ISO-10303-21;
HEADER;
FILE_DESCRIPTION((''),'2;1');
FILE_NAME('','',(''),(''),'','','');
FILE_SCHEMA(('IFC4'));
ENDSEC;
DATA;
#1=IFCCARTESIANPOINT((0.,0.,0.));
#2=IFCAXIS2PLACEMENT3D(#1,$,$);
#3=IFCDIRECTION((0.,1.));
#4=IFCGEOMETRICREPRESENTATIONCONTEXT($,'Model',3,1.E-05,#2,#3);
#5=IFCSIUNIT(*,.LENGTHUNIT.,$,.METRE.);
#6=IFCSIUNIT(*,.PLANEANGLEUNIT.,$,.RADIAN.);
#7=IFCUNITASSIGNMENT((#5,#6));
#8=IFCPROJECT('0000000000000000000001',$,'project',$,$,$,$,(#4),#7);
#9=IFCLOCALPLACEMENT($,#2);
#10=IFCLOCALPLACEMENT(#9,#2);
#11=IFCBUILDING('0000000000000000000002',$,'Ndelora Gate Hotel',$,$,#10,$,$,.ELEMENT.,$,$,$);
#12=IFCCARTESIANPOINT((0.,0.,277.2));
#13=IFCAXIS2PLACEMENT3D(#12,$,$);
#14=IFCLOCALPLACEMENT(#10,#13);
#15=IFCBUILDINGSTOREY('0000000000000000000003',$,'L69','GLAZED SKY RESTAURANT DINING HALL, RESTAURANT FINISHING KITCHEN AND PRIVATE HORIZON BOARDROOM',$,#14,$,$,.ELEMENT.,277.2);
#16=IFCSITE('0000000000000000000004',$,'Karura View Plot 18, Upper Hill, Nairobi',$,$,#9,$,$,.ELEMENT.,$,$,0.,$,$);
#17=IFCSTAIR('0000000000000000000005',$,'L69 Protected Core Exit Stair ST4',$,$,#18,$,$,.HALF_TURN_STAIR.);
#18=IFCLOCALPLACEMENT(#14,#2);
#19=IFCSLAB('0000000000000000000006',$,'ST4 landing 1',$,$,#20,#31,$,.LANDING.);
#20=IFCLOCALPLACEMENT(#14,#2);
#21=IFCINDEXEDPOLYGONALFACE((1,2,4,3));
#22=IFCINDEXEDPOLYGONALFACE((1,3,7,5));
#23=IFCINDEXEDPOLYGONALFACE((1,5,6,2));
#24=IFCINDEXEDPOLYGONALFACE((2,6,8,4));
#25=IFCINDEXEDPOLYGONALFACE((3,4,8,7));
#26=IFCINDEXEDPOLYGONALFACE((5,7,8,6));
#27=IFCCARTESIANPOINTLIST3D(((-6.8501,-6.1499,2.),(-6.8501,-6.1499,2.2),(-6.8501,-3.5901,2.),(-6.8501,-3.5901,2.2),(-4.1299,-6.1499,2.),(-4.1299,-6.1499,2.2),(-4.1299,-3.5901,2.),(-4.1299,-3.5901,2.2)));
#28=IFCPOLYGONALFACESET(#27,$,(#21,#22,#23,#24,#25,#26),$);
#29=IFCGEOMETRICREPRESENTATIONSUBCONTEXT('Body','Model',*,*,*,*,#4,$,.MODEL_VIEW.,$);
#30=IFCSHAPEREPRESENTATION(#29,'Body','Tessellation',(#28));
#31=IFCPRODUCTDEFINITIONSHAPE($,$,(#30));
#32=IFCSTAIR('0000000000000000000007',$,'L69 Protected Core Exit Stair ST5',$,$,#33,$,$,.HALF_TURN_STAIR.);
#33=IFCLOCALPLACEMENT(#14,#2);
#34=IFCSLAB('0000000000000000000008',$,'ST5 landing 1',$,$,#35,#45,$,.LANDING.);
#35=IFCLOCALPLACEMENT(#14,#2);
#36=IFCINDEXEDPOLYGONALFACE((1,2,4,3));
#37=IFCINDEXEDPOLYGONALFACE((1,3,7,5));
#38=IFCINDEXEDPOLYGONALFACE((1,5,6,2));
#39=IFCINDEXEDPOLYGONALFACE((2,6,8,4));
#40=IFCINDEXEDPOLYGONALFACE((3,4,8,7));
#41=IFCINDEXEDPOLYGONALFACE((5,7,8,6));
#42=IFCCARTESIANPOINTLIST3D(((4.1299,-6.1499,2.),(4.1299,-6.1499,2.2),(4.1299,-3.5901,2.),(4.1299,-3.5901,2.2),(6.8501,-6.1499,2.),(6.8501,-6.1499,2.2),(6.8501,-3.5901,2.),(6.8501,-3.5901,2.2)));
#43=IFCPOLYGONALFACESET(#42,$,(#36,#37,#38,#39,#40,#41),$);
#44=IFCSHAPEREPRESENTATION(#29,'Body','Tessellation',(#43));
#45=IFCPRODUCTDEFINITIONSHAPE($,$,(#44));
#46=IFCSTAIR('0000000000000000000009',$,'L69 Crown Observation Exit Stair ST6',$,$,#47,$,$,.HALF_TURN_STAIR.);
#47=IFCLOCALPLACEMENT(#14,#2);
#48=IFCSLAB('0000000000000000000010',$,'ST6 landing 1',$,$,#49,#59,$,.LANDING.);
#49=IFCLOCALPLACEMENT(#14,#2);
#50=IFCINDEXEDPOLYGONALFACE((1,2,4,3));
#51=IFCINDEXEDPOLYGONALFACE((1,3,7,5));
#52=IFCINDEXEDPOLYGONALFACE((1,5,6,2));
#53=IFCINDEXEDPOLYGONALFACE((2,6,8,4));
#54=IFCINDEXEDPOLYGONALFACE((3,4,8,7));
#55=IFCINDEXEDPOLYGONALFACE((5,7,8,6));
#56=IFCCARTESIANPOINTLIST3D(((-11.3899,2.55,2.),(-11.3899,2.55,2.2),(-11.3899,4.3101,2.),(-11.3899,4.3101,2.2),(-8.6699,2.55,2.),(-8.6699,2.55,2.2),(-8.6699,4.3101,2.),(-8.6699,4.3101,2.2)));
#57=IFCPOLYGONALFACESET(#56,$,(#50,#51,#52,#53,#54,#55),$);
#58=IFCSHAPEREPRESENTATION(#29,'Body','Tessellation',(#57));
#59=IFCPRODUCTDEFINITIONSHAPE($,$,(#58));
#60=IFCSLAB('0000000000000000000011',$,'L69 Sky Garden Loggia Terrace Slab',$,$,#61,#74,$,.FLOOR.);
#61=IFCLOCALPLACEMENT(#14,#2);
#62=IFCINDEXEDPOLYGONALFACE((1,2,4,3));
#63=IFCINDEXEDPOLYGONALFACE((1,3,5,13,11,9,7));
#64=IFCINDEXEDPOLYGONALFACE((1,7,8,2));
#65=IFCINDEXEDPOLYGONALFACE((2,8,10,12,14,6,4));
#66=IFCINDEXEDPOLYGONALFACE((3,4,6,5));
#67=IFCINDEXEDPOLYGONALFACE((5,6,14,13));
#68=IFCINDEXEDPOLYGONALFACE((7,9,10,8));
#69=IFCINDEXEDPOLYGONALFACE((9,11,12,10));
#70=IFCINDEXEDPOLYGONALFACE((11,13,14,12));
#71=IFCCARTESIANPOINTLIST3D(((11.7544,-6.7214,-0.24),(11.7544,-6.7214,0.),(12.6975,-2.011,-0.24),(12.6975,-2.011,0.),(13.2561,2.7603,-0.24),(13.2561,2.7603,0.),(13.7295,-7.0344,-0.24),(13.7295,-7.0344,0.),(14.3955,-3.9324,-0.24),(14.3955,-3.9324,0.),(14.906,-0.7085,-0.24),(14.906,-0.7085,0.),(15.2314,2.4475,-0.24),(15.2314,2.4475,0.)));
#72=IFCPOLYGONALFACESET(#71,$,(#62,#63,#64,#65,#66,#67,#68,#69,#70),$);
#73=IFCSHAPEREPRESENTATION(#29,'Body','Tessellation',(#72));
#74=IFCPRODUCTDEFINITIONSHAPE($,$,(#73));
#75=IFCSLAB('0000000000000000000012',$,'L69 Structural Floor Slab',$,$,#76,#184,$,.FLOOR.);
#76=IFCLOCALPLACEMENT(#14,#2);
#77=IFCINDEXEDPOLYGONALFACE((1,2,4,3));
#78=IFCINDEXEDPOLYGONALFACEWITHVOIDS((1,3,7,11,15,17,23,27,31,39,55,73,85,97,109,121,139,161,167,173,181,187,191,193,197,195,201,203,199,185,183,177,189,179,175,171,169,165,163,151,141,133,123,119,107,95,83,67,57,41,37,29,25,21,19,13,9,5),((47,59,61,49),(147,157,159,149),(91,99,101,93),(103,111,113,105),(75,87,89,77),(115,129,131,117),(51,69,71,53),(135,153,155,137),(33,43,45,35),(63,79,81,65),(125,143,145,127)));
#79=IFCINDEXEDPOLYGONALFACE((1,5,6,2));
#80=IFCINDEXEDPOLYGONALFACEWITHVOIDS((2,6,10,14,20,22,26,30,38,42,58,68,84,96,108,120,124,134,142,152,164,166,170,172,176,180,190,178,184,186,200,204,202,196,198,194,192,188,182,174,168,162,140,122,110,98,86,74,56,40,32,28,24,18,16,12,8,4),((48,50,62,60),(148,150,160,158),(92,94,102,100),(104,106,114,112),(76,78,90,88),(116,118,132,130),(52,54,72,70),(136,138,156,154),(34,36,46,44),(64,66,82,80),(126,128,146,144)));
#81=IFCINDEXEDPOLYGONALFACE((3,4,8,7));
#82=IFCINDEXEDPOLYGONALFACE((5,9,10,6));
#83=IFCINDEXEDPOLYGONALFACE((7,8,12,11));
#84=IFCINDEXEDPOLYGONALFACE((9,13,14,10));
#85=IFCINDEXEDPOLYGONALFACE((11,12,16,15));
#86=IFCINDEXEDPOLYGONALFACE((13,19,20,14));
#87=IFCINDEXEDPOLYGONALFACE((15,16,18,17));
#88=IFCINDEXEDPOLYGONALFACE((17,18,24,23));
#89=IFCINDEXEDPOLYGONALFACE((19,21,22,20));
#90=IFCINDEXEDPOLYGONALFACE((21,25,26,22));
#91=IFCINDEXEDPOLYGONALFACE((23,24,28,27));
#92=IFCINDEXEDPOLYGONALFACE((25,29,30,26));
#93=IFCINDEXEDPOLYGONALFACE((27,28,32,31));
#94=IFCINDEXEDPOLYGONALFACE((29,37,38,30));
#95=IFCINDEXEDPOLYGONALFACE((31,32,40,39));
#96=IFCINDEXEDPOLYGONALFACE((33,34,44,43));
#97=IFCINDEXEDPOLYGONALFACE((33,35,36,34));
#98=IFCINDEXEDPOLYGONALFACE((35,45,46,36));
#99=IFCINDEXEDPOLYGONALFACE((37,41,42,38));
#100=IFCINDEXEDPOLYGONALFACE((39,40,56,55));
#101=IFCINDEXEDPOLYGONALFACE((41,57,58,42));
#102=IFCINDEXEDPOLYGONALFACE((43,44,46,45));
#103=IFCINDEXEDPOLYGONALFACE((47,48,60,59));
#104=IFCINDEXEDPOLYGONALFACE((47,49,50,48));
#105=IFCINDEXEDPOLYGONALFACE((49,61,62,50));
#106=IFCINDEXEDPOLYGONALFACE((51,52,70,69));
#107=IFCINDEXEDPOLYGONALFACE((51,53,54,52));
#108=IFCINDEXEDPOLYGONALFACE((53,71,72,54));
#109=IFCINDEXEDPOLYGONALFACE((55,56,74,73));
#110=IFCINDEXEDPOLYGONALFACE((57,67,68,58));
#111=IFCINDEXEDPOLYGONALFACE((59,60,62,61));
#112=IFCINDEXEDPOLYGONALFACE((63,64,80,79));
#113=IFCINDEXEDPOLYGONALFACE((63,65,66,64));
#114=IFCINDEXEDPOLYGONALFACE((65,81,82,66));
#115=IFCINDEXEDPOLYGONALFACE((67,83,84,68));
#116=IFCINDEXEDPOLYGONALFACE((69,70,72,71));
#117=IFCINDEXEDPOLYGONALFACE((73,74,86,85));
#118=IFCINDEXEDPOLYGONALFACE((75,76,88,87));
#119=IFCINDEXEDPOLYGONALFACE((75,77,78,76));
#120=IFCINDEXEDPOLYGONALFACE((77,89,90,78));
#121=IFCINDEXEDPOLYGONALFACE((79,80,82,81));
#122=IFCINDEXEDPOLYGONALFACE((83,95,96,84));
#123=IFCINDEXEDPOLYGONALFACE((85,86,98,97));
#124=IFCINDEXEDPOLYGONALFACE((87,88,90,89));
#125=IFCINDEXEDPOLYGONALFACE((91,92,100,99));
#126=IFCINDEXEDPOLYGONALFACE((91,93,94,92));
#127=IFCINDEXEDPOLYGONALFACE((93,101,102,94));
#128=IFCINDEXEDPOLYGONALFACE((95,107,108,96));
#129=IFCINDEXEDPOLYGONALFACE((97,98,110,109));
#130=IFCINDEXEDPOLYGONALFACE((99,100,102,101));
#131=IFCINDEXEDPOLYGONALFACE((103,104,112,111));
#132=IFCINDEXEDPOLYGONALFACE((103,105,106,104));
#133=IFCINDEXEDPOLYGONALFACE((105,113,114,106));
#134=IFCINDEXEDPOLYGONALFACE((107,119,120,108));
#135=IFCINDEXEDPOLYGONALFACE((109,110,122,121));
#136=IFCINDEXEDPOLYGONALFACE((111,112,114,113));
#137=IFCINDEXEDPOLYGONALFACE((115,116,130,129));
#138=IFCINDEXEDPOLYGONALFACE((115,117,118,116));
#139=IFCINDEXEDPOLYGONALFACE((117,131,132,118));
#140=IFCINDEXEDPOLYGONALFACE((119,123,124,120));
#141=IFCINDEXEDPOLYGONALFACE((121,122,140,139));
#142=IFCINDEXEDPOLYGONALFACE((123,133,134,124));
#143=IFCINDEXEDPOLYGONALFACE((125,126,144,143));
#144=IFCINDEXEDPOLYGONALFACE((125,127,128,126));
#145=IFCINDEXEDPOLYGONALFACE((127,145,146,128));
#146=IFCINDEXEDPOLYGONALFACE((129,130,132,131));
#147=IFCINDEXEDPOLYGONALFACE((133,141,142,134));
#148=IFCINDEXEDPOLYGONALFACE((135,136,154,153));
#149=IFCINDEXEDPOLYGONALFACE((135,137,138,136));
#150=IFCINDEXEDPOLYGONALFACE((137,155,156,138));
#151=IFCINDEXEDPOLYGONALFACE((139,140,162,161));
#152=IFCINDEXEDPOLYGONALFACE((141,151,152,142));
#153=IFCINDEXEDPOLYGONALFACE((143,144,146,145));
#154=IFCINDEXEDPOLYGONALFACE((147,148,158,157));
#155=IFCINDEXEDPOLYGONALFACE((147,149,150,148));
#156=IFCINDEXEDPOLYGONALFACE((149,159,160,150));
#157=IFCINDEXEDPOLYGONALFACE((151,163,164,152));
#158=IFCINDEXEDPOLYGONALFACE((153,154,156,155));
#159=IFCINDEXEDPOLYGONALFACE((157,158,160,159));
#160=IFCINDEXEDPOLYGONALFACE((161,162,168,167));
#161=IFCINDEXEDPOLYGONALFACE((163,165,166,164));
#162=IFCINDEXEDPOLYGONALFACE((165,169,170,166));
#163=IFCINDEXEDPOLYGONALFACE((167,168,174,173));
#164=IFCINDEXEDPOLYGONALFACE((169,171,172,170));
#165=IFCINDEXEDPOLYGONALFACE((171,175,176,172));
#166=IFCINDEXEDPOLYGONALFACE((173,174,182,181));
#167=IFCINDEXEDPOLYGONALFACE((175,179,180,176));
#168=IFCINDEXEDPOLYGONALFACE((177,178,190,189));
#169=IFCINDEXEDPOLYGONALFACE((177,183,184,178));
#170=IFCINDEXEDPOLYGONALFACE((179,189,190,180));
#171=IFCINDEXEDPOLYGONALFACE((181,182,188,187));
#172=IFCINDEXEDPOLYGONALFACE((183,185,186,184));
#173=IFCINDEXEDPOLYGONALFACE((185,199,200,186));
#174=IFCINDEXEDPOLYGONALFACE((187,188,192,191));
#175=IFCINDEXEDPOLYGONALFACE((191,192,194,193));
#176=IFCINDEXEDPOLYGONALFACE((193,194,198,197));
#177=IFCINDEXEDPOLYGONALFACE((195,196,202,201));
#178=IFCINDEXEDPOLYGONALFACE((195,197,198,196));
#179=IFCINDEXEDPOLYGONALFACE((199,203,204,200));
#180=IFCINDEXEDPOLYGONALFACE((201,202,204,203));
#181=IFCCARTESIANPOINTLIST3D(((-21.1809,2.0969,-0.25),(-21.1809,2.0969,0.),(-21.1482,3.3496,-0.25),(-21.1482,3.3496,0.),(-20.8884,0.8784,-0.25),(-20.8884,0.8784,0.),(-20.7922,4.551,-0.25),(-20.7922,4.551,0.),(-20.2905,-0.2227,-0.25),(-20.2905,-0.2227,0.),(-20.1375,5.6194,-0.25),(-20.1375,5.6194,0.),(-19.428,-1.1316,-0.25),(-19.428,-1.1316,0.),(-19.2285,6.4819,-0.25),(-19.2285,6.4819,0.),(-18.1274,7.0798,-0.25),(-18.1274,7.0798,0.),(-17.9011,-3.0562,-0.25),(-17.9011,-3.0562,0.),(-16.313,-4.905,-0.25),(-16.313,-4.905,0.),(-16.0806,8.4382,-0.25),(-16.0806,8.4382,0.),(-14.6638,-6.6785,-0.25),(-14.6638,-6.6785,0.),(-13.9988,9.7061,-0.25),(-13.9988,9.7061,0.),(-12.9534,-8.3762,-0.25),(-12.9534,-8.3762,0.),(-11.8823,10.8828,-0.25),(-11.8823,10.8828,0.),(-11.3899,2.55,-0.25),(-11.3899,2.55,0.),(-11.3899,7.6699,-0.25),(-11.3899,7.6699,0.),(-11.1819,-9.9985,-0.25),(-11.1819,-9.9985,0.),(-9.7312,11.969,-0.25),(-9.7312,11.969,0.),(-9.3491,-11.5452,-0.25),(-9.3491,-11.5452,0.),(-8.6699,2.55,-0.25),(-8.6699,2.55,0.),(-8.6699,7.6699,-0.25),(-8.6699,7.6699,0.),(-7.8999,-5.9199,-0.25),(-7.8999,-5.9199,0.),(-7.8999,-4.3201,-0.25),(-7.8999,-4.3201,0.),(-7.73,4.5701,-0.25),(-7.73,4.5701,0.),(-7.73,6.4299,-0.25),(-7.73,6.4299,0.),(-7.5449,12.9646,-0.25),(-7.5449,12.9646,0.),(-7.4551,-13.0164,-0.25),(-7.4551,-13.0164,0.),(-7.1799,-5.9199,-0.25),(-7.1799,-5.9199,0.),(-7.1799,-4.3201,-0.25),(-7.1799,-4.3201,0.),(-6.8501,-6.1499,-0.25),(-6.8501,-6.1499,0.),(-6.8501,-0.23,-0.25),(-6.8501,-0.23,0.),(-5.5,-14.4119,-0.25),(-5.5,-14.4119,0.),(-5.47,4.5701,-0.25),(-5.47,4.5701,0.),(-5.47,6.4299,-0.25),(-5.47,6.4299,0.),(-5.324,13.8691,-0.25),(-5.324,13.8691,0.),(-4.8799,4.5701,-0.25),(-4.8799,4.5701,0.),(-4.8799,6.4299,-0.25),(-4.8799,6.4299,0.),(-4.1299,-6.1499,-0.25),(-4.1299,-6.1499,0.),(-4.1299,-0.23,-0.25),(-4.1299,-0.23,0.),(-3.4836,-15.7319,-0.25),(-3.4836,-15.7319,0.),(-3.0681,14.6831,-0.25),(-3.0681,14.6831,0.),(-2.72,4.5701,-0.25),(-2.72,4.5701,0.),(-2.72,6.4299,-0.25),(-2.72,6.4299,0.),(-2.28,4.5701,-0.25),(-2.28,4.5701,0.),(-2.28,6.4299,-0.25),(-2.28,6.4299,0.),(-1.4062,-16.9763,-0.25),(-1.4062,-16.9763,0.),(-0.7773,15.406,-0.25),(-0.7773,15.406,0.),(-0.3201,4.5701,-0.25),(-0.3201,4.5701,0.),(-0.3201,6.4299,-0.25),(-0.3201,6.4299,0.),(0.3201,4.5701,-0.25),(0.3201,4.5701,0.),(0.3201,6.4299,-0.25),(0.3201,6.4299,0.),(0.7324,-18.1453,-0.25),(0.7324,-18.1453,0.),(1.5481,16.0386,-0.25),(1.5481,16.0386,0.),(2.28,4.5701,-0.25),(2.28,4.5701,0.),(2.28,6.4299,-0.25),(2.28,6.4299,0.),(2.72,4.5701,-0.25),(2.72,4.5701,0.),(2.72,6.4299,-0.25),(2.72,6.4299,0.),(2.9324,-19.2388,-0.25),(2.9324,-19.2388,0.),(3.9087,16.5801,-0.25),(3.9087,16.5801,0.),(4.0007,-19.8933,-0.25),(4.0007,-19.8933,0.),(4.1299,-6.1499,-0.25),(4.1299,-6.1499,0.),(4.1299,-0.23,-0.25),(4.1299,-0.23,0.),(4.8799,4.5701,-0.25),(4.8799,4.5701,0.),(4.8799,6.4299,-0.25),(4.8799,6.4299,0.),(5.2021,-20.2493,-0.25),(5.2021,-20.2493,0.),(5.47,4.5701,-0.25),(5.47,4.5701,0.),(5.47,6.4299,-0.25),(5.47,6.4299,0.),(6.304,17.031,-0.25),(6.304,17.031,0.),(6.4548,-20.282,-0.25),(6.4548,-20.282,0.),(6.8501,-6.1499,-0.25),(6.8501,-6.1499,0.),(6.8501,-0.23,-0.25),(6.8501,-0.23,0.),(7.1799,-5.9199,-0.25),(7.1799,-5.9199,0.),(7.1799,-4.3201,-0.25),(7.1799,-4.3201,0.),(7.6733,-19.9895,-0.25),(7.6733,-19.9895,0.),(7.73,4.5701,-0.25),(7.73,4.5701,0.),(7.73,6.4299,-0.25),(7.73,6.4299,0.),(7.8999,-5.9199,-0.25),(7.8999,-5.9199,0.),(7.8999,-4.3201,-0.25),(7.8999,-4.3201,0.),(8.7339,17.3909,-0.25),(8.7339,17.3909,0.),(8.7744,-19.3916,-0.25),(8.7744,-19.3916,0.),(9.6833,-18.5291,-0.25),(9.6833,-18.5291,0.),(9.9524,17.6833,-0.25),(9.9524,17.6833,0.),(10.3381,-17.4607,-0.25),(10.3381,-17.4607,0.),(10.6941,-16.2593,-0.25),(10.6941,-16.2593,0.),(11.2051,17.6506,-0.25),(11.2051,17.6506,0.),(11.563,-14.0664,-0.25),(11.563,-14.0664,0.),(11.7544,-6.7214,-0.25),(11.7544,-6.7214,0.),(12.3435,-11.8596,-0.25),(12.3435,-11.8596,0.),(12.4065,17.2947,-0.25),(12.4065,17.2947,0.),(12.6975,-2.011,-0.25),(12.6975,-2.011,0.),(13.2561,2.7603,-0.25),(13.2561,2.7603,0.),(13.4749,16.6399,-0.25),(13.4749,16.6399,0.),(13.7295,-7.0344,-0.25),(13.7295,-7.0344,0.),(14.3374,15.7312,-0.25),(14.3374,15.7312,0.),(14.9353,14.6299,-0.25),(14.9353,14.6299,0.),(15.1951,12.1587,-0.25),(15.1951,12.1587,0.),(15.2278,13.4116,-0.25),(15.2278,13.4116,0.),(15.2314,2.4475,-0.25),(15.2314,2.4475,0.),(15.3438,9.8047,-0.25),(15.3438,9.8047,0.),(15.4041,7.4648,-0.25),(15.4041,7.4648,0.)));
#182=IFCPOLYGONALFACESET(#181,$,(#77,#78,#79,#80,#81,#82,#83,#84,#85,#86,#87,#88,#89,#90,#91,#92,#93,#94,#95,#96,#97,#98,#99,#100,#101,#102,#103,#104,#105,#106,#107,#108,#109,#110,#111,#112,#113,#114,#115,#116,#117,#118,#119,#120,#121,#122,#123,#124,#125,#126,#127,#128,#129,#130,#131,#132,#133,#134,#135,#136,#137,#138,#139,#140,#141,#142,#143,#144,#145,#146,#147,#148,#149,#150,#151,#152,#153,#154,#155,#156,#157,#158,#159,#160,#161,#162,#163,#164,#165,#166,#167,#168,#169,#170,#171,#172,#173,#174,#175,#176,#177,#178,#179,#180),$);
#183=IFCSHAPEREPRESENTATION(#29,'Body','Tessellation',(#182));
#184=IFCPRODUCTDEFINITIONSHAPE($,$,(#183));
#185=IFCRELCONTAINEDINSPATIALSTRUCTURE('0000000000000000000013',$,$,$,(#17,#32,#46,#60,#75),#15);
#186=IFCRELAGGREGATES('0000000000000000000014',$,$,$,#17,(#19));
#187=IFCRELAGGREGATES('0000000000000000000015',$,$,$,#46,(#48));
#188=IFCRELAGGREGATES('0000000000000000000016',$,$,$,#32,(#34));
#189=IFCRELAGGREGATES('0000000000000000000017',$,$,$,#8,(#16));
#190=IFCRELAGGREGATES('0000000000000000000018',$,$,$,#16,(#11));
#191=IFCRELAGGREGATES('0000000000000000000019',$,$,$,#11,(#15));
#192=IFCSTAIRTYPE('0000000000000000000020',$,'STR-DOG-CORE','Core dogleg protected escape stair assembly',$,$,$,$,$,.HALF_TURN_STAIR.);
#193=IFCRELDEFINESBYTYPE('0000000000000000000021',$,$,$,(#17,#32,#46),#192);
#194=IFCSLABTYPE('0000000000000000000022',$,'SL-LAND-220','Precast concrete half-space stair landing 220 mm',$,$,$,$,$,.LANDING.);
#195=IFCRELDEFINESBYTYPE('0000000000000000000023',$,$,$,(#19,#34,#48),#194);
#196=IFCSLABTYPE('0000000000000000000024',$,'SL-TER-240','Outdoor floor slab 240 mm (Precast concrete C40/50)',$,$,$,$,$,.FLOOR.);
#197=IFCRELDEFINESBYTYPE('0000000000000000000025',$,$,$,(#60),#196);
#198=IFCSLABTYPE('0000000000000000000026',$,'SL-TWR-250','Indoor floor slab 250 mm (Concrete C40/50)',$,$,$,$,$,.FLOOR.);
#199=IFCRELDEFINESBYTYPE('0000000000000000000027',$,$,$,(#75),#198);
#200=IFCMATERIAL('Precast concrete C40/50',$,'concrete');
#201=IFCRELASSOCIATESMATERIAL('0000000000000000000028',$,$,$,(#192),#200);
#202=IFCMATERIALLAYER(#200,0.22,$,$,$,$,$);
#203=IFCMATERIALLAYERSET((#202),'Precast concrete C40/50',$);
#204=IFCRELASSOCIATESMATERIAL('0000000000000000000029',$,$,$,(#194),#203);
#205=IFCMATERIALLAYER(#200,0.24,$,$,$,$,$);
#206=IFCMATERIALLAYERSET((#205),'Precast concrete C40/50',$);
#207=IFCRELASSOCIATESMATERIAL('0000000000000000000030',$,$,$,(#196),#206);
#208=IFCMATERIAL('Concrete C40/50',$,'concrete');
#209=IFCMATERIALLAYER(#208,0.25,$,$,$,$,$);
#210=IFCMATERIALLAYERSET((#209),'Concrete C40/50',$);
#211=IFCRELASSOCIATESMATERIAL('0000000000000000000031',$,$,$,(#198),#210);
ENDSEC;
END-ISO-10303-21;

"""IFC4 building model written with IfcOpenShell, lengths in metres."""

from ifc_helpers import new_model, si_unit, direction, frame, origin, place, context, subcontext, project, spatial, polyline, outline, extrude, material, layer, layer_set, type_object, element, aggregate, save


model = new_model("IFC4")

# Units and contexts
model_context = context("Model", 3, precision=1e-05, world=origin(), true_north=direction((0.0, 1.0)))
body_context = subcontext(model_context, "Body", "Model", "MODEL_VIEW")
ifc_project = project(units=[si_unit("LENGTHUNIT", "METRE"), si_unit("PLANEANGLEUNIT", "RADIAN")], contexts=[model_context])

# Site, building, storey
site_placement = place(None, origin())
site = spatial("IfcSite", under=ifc_project, at=site_placement, Name="Karura View Plot 18, Upper Hill, Nairobi", CompositionType="ELEMENT", RefElevation=0.0)
building_placement = place(site_placement, origin())
building = spatial("IfcBuilding", under=site, at=building_placement, Name="Ndelora Gate Hotel", CompositionType="ELEMENT")
storey_placement = place(building_placement, frame((0.0, 0.0, 277.2)))
storey = spatial("IfcBuildingStorey", under=building, at=storey_placement, Name="L69", Description="GLAZED SKY RESTAURANT DINING HALL, RESTAURANT FINISHING KITCHEN AND PRIVATE HORIZON BOARDROOM", CompositionType="ELEMENT", Elevation=277.2)

# Stairs, slabs
ifc_material_1 = material(Name="Precast concrete C40/50", Category="concrete")
stair_type = type_object("IfcStairType", Name="STR-DOG-CORE", Description="Core dogleg protected escape stair assembly", PredefinedType="HALF_TURN_STAIR", material=ifc_material_1)
stair_1_placement = place(storey_placement, origin())
stair_1 = element("IfcStair", 1, at=stair_1_placement, inside=storey, type_object=stair_type, Name="L69 Protected Core Exit Stair ST4", PredefinedType="HALF_TURN_STAIR")
ifc_layer_1 = layer(ifc_material_1, 0.22)
ifc_layer_set_1 = layer_set([ifc_layer_1], Name="Precast concrete C40/50")
slab_type_1 = type_object("IfcSlabType", Name="SL-LAND-220", Description="Precast concrete half-space stair landing 220 mm", PredefinedType="LANDING", material=ifc_layer_set_1)
slab_1_placement = place(storey_placement, frame((0.0, 0.0, 2.0)))
slab_1 = element("IfcSlab", 2, at=slab_1_placement, type_object=slab_type_1, Name="ST4 landing 1", PredefinedType="LANDING", context=body_context, shape_type="SweptSolid", body=[
    extrude(outline(polyline([(-6.8501, -3.5901), (-6.8501, -6.1499), (-4.1299, -6.1499), (-4.1299, -3.5901), (-6.8501, -3.5901)])), origin(), (0.0, 0.0, 1.0), 0.2),
])
aggregate(stair_1, [slab_1])
stair_2_placement = place(storey_placement, origin())
stair_2 = element("IfcStair", 3, at=stair_2_placement, inside=storey, type_object=stair_type, Name="L69 Protected Core Exit Stair ST5", PredefinedType="HALF_TURN_STAIR")
slab_2_placement = place(storey_placement, frame((0.0, 0.0, 2.0)))
slab_2 = element("IfcSlab", 4, at=slab_2_placement, type_object=slab_type_1, Name="ST5 landing 1", PredefinedType="LANDING", context=body_context, shape_type="SweptSolid", body=[
    extrude(outline(polyline([(4.1299, -3.5901), (4.1299, -6.1499), (6.8501, -6.1499), (6.8501, -3.5901), (4.1299, -3.5901)])), origin(), (0.0, 0.0, 1.0), 0.2),
])
stair_3_placement = place(storey_placement, origin())
stair_3 = element("IfcStair", 5, at=stair_3_placement, inside=storey, type_object=stair_type, Name="L69 Crown Observation Exit Stair ST6", PredefinedType="HALF_TURN_STAIR")
slab_3_placement = place(storey_placement, frame((0.0, 0.0, 2.0)))
slab_3 = element("IfcSlab", 6, at=slab_3_placement, type_object=slab_type_1, Name="ST6 landing 1", PredefinedType="LANDING", context=body_context, shape_type="SweptSolid", body=[
    extrude(outline(polyline([(-11.3899, 4.3101), (-11.3899, 2.55), (-8.6699, 2.55), (-8.6699, 4.3101), (-11.3899, 4.3101)])), origin(), (0.0, 0.0, 1.0), 0.2),
])
aggregate(stair_3, [slab_3])

# Slabs
ifc_layer_2 = layer(ifc_material_1, 0.24)
ifc_layer_set_2 = layer_set([ifc_layer_2], Name="Precast concrete C40/50")
slab_type_2 = type_object("IfcSlabType", Name="SL-TER-240", Description="Outdoor floor slab 240 mm (Precast concrete C40/50)", PredefinedType="FLOOR", material=ifc_layer_set_2)
slab_4_placement = place(storey_placement, frame((0.0, 0.0, -0.24)))
element("IfcSlab", 7, at=slab_4_placement, inside=storey, type_object=slab_type_2, Name="L69 Sky Garden Loggia Terrace Slab", PredefinedType="FLOOR", context=body_context, shape_type="SweptSolid", body=[
    extrude(outline(polyline([(11.7544, -6.7214), (13.7295, -7.0344), (14.3955, -3.9324), (14.906, -0.7085), (15.2314, 2.4475), (13.2561, 2.7603), (12.6975, -2.011), (11.7544, -6.7214)])), origin(), (0.0, 0.0, 1.0), 0.24),
])
ifc_material_2 = material(Name="Concrete C40/50", Category="concrete")
ifc_layer_3 = layer(ifc_material_2, 0.25)
ifc_layer_set_3 = layer_set([ifc_layer_3], Name="Concrete C40/50")
slab_type_3 = type_object("IfcSlabType", Name="SL-TWR-250", Description="Indoor floor slab 250 mm (Concrete C40/50)", PredefinedType="FLOOR", material=ifc_layer_set_3)
slab_5_placement = place(storey_placement, frame((0.0, 0.0, -0.25)))
element("IfcSlab", 8, at=slab_5_placement, inside=storey, type_object=slab_type_3, Name="L69 Structural Floor Slab", PredefinedType="FLOOR", context=body_context, shape_type="SweptSolid", body=[
    extrude(outline(polyline([(-18.1274, 7.0798), (-19.2285, 6.4819), (-20.1375, 5.6194), (-20.7922, 4.551), (-21.1482, 3.3496), (-21.1809, 2.0969), (-20.8884, 0.8784), (-20.2905, -0.2227), (-19.428, -1.1316), (-17.9011, -3.0562), (-16.313, -4.905), (-14.6638, -6.6785), (-12.9534, -8.3762), (-11.1819, -9.9985), (-9.3491, -11.5452), (-7.4551, -13.0164), (-5.5, -14.4119), (-3.4836, -15.7319), (-1.4062, -16.9763), (0.7324, -18.1453), (2.9324, -19.2388), (4.0007, -19.8933), (5.2021, -20.2493), (6.4548, -20.282), (7.6733, -19.9895), (8.7744, -19.3916), (9.6833, -18.5291), (10.3381, -17.4607), (10.6941, -16.2593), (11.563, -14.0664), (12.3435, -11.8596), (13.7295, -7.0344), (11.7544, -6.7214), (12.6975, -2.011), (13.2561, 2.7603), (15.2314, 2.4475), (15.4041, 7.4648), (15.3438, 9.8047), (15.1951, 12.1587), (15.2278, 13.4116), (14.9353, 14.6299), (14.3374, 15.7312), (13.4749, 16.6399), (12.4065, 17.2947), (11.2051, 17.6506), (9.9524, 17.6833), (8.7339, 17.3909), (6.304, 17.031), (3.9087, 16.5801), (1.5481, 16.0386), (-0.7773, 15.406), (-3.0681, 14.6831), (-5.324, 13.8691), (-7.5449, 12.9646), (-9.7312, 11.969), (-11.8823, 10.8828), (-13.9988, 9.7061), (-16.0806, 8.4382), (-18.1274, 7.0798)]), holes=[polyline([(-6.8501, -0.23), (-6.8501, -6.1499), (-4.1299, -6.1499), (-4.1299, -0.23), (-6.8501, -0.23)]), polyline([(4.1299, -0.23), (4.1299, -6.1499), (6.8501, -6.1499), (6.8501, -0.23), (4.1299, -0.23)]), polyline([(-11.3899, 7.6699), (-11.3899, 2.55), (-8.6699, 2.55), (-8.6699, 7.6699), (-11.3899, 7.6699)]), polyline([(-7.73, 4.5701), (-5.47, 4.5701), (-5.47, 6.4299), (-7.73, 6.4299), (-7.73, 4.5701)]), polyline([(5.47, 4.5701), (7.73, 4.5701), (7.73, 6.4299), (5.47, 6.4299), (5.47, 4.5701)]), polyline([(-4.8799, 4.5701), (-2.72, 4.5701), (-2.72, 6.4299), (-4.8799, 6.4299), (-4.8799, 4.5701)]), polyline([(2.72, 4.5701), (4.8799, 4.5701), (4.8799, 6.4299), (2.72, 6.4299), (2.72, 4.5701)]), polyline([(-2.28, 4.5701), (-0.3201, 4.5701), (-0.3201, 6.4299), (-2.28, 6.4299), (-2.28, 4.5701)]), polyline([(0.3201, 4.5701), (2.28, 4.5701), (2.28, 6.4299), (0.3201, 6.4299), (0.3201, 4.5701)]), polyline([(-7.8999, -5.9199), (-7.1799, -5.9199), (-7.1799, -4.3201), (-7.8999, -4.3201), (-7.8999, -5.9199)]), polyline([(7.1799, -5.9199), (7.8999, -5.9199), (7.8999, -4.3201), (7.1799, -4.3201), (7.1799, -5.9199)])]), origin(), (0.0, 0.0, 1.0), 0.25),
])

aggregate(stair_2, [slab_2])

save(model, "model.ifc")
